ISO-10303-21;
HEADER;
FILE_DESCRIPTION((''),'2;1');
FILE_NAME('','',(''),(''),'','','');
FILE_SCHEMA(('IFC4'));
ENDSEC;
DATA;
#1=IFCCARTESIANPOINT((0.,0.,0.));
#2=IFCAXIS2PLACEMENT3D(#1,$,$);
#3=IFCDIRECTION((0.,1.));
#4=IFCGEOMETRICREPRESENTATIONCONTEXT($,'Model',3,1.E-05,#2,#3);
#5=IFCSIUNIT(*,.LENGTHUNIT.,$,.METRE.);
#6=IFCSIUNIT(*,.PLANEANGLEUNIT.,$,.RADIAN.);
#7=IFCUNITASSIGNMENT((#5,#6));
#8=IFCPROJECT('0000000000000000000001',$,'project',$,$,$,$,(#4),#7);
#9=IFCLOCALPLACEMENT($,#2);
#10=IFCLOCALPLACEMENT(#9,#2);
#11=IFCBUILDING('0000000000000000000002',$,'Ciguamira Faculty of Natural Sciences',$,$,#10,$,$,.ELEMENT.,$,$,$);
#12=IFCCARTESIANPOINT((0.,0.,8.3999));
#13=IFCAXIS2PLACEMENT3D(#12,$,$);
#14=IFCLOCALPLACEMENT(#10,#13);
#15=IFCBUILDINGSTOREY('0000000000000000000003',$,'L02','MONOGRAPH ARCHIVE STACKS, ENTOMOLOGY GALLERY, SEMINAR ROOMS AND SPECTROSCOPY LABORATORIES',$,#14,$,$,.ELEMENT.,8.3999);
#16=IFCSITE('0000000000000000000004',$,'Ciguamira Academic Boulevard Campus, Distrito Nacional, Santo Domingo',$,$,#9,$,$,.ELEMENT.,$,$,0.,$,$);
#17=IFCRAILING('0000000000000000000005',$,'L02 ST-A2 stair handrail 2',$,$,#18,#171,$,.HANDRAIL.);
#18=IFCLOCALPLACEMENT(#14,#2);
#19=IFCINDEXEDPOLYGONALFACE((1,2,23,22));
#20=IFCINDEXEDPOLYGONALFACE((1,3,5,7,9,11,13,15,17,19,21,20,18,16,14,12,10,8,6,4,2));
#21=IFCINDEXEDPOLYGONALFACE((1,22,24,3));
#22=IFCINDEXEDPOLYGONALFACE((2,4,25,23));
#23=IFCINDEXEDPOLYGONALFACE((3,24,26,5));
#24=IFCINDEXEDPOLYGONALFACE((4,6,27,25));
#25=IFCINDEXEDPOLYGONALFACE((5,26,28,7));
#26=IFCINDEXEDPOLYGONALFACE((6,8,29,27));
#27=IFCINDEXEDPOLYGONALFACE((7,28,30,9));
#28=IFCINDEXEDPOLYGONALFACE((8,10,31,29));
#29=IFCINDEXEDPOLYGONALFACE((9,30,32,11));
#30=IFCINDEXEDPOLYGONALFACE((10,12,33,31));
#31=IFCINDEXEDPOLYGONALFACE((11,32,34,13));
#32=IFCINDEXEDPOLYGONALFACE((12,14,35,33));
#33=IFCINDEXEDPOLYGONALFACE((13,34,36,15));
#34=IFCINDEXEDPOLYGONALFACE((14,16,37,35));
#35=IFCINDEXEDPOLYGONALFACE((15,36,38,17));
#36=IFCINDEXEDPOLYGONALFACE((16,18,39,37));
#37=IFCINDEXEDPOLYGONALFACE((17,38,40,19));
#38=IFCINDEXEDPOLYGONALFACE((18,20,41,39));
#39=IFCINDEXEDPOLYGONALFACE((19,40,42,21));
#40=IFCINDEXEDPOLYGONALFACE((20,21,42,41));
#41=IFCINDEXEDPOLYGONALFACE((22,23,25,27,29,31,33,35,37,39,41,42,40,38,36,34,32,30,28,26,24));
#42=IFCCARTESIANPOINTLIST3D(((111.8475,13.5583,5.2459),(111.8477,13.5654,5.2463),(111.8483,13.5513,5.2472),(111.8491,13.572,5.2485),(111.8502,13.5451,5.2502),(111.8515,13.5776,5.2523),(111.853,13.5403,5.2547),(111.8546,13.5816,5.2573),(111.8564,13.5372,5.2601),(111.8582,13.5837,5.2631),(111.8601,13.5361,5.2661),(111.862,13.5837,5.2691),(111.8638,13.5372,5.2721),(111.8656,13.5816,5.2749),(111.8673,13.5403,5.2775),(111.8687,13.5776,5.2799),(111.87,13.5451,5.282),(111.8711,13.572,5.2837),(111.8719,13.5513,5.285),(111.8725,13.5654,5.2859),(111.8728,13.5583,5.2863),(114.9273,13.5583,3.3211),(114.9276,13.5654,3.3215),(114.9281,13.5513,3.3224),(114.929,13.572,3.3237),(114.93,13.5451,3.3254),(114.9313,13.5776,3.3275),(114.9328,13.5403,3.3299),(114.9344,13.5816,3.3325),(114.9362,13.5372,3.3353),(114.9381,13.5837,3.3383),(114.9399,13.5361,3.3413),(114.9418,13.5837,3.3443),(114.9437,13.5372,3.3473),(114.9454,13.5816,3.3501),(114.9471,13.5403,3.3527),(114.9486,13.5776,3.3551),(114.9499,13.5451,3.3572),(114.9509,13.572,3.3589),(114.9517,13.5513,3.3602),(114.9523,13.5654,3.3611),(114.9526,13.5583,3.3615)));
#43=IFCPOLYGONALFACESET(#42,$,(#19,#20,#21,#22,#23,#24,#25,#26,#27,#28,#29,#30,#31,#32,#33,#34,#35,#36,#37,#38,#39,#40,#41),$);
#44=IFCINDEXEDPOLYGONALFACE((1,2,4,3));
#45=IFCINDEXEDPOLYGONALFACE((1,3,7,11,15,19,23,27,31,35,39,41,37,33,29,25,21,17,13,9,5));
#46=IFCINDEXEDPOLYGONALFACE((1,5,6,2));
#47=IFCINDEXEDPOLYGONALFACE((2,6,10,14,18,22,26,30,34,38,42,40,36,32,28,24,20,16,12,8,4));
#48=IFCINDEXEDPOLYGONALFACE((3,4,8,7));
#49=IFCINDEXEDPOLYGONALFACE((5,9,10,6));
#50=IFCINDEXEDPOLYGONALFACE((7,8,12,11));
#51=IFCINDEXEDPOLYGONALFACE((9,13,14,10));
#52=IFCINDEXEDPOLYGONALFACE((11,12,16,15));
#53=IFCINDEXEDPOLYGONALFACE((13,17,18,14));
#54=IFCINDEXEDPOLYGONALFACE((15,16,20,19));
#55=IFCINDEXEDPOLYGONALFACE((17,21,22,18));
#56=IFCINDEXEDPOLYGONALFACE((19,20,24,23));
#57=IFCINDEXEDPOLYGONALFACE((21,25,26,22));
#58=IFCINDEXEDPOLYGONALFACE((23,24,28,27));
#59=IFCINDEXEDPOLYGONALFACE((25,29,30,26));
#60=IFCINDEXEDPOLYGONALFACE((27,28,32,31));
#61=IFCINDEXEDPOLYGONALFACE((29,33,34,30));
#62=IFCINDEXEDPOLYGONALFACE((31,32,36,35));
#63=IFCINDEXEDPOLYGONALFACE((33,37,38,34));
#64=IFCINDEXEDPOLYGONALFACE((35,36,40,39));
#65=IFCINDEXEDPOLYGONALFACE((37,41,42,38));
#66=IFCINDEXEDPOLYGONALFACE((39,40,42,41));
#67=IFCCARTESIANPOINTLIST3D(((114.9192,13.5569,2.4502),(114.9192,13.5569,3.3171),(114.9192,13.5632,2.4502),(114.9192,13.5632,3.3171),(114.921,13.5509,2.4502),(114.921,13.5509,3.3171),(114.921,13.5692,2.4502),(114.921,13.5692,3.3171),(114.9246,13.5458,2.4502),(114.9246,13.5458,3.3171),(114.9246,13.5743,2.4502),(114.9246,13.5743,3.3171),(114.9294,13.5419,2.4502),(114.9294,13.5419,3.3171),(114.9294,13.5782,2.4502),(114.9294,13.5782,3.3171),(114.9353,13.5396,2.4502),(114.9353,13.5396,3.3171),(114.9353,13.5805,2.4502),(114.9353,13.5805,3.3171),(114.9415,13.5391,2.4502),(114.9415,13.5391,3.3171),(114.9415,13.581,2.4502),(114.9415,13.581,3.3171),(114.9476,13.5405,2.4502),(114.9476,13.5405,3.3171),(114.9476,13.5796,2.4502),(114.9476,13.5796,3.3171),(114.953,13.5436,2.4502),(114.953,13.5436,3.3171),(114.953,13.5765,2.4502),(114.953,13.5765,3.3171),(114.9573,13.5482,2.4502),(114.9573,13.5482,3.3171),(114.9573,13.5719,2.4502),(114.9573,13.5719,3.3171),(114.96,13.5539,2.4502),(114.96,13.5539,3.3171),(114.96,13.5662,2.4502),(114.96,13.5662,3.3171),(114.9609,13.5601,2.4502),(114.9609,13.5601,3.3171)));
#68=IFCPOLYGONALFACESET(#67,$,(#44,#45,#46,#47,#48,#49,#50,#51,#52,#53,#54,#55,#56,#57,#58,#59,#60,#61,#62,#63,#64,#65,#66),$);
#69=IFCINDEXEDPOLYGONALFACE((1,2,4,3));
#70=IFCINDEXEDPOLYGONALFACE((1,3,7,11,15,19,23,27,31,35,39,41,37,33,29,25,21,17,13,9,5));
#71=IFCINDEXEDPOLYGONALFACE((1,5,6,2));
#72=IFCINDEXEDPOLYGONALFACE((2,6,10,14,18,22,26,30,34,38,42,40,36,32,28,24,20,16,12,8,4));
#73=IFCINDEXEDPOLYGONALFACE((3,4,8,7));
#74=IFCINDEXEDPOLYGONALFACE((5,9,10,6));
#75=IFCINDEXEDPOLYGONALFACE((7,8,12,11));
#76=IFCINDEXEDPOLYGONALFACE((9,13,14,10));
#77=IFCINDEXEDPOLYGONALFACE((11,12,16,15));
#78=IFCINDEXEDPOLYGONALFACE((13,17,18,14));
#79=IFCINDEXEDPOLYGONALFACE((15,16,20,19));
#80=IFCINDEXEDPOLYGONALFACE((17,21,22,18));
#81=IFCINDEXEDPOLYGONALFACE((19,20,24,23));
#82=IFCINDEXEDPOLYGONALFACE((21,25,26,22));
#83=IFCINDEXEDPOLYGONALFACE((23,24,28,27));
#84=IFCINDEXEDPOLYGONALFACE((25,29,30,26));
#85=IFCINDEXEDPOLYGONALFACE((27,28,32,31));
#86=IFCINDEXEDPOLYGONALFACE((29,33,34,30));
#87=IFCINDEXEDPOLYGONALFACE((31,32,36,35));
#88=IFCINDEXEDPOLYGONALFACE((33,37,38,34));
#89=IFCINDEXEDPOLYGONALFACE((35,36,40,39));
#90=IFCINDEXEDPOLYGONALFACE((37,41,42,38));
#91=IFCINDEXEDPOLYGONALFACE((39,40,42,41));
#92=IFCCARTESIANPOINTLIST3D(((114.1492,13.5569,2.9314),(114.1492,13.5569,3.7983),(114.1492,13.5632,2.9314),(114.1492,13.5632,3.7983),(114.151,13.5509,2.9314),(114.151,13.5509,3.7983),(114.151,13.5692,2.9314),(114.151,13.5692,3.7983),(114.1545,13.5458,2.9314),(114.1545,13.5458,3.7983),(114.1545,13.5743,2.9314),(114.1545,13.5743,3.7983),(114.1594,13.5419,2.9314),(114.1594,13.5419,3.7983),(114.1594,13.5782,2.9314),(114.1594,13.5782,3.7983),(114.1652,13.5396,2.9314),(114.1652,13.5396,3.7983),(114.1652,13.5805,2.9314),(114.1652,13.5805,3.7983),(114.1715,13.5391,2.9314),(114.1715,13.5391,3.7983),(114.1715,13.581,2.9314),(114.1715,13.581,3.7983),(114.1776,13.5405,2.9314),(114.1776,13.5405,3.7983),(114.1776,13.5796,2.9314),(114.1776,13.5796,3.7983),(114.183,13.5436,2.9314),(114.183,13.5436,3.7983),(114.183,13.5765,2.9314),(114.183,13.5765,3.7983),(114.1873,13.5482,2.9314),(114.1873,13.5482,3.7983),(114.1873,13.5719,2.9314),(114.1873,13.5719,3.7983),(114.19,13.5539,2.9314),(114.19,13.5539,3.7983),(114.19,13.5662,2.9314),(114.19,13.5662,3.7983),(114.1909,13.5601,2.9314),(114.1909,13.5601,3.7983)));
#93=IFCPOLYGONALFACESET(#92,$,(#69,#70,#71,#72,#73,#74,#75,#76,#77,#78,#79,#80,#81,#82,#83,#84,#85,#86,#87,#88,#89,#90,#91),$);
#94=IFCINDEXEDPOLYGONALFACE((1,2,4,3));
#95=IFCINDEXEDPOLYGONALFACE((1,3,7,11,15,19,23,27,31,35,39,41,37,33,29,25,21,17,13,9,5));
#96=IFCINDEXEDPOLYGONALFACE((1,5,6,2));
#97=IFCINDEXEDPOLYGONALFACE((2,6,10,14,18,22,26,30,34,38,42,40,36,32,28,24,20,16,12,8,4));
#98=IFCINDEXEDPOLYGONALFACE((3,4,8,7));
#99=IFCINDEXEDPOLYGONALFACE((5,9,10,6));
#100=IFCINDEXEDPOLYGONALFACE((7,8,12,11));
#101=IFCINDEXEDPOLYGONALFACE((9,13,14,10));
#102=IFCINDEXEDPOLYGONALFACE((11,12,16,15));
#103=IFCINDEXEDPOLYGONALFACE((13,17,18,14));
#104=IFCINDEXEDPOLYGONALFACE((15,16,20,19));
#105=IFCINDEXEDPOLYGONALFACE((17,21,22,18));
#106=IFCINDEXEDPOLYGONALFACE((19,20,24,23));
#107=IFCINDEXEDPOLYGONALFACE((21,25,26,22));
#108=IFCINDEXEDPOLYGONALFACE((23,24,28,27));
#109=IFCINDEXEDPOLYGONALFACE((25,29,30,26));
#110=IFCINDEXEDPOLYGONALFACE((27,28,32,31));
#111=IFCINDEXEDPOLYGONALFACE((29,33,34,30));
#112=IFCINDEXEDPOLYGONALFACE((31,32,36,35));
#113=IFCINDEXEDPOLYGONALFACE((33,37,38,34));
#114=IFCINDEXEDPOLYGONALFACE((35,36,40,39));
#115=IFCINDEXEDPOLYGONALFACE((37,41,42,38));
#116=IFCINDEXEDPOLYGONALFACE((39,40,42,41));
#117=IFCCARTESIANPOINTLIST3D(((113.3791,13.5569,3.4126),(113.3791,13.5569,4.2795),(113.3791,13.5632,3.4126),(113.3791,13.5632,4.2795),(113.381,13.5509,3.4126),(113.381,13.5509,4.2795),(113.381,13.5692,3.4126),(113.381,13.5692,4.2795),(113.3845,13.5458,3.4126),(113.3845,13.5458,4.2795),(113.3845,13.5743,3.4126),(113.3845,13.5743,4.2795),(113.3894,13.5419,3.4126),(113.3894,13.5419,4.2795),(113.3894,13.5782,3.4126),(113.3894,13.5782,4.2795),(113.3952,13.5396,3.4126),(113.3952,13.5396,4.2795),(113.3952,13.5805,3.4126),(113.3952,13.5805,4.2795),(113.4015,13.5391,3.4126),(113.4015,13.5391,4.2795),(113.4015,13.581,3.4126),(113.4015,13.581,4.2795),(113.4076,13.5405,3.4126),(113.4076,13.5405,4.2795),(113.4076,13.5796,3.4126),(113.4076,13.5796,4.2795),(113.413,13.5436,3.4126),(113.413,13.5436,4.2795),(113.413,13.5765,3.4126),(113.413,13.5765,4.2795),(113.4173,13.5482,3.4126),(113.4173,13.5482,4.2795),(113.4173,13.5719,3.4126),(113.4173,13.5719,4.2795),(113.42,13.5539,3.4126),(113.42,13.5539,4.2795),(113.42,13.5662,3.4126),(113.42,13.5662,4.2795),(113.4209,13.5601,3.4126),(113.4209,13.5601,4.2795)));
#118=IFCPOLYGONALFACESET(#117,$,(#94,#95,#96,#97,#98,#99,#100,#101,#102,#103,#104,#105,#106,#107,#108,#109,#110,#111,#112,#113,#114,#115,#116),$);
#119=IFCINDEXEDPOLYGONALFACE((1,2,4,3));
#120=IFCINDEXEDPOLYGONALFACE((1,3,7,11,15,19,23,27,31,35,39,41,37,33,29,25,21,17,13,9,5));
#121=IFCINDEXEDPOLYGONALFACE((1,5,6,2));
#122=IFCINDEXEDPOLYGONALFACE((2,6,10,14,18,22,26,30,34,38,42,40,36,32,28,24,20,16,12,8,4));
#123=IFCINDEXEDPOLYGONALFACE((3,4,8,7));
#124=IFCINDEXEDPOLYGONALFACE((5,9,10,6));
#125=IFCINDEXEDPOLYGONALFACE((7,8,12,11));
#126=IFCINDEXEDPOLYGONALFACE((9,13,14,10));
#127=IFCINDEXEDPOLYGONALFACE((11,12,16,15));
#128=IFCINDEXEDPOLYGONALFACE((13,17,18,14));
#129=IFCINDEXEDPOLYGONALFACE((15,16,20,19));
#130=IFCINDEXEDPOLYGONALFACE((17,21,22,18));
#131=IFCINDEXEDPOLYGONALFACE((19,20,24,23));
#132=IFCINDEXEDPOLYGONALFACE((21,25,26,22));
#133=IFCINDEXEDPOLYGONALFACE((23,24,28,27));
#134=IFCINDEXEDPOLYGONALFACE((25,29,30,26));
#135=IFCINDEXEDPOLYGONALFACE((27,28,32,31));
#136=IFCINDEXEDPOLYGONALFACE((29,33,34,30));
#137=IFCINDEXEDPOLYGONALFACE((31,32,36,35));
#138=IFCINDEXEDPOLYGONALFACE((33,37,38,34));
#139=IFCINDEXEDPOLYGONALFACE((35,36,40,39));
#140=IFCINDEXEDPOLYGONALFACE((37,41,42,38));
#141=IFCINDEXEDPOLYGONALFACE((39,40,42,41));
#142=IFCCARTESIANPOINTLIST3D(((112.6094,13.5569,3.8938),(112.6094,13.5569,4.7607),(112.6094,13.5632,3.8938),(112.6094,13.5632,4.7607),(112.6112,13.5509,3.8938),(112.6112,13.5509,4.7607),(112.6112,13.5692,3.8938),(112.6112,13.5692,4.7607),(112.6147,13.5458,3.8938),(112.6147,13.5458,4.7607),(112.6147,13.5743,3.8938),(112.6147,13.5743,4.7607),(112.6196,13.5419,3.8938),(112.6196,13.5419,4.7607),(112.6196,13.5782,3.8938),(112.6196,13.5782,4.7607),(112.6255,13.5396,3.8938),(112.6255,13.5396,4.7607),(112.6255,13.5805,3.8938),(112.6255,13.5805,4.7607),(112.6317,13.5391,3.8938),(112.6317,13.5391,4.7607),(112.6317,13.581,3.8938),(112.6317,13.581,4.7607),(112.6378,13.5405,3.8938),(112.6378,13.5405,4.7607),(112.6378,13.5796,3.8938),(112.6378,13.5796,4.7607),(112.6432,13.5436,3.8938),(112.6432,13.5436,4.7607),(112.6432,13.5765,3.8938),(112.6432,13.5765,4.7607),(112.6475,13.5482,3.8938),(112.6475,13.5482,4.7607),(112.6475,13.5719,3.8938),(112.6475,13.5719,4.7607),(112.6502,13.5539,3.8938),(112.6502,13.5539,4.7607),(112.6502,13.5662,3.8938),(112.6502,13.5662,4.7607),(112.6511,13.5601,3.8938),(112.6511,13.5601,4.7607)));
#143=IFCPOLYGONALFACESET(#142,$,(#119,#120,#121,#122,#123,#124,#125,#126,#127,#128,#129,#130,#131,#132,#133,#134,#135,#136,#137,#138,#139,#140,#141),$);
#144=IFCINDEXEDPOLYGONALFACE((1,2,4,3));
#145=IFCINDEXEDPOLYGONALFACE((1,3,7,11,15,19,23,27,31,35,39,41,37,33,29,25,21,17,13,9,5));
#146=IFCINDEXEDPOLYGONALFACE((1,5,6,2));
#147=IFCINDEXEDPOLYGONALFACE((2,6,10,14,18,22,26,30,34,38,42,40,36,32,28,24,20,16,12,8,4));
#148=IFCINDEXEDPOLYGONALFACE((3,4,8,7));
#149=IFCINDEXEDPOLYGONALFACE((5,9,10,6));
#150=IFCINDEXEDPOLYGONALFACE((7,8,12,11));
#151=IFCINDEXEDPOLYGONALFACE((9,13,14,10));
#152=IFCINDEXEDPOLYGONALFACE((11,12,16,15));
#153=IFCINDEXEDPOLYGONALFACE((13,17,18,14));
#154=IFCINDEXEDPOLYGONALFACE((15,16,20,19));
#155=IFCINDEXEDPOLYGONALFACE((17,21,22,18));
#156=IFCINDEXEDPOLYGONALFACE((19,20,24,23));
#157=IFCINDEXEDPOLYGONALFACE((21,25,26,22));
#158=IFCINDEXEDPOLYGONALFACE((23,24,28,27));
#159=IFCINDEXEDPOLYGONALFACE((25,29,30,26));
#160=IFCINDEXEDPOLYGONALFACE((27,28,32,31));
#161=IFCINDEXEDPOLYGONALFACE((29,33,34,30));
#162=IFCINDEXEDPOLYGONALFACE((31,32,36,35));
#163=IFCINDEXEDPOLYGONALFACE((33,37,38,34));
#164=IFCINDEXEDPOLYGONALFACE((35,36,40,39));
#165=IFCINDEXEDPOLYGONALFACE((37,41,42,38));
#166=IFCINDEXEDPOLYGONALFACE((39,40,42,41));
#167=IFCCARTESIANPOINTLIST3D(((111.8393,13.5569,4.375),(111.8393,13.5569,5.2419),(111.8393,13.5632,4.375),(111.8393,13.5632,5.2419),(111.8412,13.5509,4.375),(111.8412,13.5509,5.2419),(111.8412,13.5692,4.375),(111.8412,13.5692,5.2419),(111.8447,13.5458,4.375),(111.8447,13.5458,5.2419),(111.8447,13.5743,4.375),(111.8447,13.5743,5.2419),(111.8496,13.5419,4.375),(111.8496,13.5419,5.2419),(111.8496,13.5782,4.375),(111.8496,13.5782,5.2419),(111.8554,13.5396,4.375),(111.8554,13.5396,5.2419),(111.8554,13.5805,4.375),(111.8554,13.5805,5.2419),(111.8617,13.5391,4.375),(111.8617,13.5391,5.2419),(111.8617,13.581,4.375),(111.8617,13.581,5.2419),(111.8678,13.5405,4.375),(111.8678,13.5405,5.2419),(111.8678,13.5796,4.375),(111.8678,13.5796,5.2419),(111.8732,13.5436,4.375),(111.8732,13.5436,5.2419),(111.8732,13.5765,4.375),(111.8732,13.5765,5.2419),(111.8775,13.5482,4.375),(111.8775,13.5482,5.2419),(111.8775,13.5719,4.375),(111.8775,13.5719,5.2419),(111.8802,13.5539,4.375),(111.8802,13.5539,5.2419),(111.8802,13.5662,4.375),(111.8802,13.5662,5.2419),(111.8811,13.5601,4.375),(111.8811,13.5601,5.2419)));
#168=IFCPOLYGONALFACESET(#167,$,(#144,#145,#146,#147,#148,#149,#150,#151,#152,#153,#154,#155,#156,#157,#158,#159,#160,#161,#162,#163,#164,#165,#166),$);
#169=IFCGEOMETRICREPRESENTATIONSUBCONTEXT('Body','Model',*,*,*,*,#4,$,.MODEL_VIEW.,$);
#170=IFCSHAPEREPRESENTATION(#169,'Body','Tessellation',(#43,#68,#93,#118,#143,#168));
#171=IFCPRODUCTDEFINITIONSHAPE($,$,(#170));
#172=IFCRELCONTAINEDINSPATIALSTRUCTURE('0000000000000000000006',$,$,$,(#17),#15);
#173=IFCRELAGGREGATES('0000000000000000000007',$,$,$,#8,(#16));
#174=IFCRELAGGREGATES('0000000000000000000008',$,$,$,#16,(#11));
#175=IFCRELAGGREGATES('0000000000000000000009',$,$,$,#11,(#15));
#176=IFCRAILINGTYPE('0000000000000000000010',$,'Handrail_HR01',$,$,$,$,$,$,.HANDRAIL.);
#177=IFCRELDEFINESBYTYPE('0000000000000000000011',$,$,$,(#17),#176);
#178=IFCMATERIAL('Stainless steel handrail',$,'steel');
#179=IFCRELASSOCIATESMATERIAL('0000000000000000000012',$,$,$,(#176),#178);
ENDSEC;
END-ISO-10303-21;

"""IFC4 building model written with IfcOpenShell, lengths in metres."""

from ifc_helpers import new_model, si_unit, direction, frame, origin, origin_2d, place, context, subcontext, project, spatial, circle, extrude, material, type_object, element, save


model = new_model("IFC4")

# Units and contexts
model_context = context("Model", 3, precision=1e-05, world=origin(), true_north=direction((0.0, 1.0)))
body_context = subcontext(model_context, "Body", "Model", "MODEL_VIEW")
ifc_project = project(units=[si_unit("LENGTHUNIT", "METRE"), si_unit("PLANEANGLEUNIT", "RADIAN")], contexts=[model_context])

# Site, building, storey
site_placement = place(None, origin())
site = spatial("IfcSite", under=ifc_project, at=site_placement, Name="Ciguamira Academic Boulevard Campus, Distrito Nacional, Santo Domingo", CompositionType="ELEMENT", RefElevation=0.0)
building_placement = place(site_placement, origin())
building = spatial("IfcBuilding", under=site, at=building_placement, Name="Ciguamira Faculty of Natural Sciences", CompositionType="ELEMENT")
storey_placement = place(building_placement, frame((0.0, 0.0, 8.3999)))
storey = spatial("IfcBuildingStorey", under=building, at=storey_placement, Name="L02", Description="MONOGRAPH ARCHIVE STACKS, ENTOMOLOGY GALLERY, SEMINAR ROOMS AND SPECTROSCOPY LABORATORIES", CompositionType="ELEMENT", Elevation=8.3999)

# Railing
ifc_material_1 = material(Name="Stainless steel handrail", Category="steel")
railing_type_1 = type_object("IfcRailingType", Name="Handrail_HR01", PredefinedType="HANDRAIL", material=ifc_material_1)
railing_1_placement = place(storey_placement, frame((114.9399, 13.5601, 2.4502)))
element("IfcRailing", 1, at=railing_1_placement, inside=storey, type_object=railing_type_1, Name="L02 ST-A2 stair handrail 2", PredefinedType="HANDRAIL", context=body_context, shape_type="SweptSolid", body=[
    extrude(circle(Radius=0.0239, at=origin_2d()), frame((0.0, 0.0, 0.8911), z_axis=(-0.84801, 0.0, 0.529981), x_axis=(0.0, -1.0, 0.0)), (0.0, 0.0, 1.0), 3.6318),
    extrude(circle(Radius=0.021, at=origin_2d()), origin(), (0.0, 0.0, 1.0), 0.8669),
    extrude(circle(Radius=0.021, at=origin_2d()), frame((-0.77, 0.0, 0.4812)), (0.0, 0.0, 1.0), 0.8669),
    extrude(circle(Radius=0.021, at=origin_2d()), frame((-1.54, 0.0, 0.9624)), (0.0, 0.0, 1.0), 0.8669),
    extrude(circle(Radius=0.021, at=origin_2d()), frame((-2.3098, 0.0, 1.4436)), (0.0, 0.0, 1.0), 0.8669),
    extrude(circle(Radius=0.021, at=origin_2d()), frame((-3.0798, 0.0, 1.9248)), (0.0, 0.0, 1.0), 0.8669),
])

save(model, "model.ifc")
